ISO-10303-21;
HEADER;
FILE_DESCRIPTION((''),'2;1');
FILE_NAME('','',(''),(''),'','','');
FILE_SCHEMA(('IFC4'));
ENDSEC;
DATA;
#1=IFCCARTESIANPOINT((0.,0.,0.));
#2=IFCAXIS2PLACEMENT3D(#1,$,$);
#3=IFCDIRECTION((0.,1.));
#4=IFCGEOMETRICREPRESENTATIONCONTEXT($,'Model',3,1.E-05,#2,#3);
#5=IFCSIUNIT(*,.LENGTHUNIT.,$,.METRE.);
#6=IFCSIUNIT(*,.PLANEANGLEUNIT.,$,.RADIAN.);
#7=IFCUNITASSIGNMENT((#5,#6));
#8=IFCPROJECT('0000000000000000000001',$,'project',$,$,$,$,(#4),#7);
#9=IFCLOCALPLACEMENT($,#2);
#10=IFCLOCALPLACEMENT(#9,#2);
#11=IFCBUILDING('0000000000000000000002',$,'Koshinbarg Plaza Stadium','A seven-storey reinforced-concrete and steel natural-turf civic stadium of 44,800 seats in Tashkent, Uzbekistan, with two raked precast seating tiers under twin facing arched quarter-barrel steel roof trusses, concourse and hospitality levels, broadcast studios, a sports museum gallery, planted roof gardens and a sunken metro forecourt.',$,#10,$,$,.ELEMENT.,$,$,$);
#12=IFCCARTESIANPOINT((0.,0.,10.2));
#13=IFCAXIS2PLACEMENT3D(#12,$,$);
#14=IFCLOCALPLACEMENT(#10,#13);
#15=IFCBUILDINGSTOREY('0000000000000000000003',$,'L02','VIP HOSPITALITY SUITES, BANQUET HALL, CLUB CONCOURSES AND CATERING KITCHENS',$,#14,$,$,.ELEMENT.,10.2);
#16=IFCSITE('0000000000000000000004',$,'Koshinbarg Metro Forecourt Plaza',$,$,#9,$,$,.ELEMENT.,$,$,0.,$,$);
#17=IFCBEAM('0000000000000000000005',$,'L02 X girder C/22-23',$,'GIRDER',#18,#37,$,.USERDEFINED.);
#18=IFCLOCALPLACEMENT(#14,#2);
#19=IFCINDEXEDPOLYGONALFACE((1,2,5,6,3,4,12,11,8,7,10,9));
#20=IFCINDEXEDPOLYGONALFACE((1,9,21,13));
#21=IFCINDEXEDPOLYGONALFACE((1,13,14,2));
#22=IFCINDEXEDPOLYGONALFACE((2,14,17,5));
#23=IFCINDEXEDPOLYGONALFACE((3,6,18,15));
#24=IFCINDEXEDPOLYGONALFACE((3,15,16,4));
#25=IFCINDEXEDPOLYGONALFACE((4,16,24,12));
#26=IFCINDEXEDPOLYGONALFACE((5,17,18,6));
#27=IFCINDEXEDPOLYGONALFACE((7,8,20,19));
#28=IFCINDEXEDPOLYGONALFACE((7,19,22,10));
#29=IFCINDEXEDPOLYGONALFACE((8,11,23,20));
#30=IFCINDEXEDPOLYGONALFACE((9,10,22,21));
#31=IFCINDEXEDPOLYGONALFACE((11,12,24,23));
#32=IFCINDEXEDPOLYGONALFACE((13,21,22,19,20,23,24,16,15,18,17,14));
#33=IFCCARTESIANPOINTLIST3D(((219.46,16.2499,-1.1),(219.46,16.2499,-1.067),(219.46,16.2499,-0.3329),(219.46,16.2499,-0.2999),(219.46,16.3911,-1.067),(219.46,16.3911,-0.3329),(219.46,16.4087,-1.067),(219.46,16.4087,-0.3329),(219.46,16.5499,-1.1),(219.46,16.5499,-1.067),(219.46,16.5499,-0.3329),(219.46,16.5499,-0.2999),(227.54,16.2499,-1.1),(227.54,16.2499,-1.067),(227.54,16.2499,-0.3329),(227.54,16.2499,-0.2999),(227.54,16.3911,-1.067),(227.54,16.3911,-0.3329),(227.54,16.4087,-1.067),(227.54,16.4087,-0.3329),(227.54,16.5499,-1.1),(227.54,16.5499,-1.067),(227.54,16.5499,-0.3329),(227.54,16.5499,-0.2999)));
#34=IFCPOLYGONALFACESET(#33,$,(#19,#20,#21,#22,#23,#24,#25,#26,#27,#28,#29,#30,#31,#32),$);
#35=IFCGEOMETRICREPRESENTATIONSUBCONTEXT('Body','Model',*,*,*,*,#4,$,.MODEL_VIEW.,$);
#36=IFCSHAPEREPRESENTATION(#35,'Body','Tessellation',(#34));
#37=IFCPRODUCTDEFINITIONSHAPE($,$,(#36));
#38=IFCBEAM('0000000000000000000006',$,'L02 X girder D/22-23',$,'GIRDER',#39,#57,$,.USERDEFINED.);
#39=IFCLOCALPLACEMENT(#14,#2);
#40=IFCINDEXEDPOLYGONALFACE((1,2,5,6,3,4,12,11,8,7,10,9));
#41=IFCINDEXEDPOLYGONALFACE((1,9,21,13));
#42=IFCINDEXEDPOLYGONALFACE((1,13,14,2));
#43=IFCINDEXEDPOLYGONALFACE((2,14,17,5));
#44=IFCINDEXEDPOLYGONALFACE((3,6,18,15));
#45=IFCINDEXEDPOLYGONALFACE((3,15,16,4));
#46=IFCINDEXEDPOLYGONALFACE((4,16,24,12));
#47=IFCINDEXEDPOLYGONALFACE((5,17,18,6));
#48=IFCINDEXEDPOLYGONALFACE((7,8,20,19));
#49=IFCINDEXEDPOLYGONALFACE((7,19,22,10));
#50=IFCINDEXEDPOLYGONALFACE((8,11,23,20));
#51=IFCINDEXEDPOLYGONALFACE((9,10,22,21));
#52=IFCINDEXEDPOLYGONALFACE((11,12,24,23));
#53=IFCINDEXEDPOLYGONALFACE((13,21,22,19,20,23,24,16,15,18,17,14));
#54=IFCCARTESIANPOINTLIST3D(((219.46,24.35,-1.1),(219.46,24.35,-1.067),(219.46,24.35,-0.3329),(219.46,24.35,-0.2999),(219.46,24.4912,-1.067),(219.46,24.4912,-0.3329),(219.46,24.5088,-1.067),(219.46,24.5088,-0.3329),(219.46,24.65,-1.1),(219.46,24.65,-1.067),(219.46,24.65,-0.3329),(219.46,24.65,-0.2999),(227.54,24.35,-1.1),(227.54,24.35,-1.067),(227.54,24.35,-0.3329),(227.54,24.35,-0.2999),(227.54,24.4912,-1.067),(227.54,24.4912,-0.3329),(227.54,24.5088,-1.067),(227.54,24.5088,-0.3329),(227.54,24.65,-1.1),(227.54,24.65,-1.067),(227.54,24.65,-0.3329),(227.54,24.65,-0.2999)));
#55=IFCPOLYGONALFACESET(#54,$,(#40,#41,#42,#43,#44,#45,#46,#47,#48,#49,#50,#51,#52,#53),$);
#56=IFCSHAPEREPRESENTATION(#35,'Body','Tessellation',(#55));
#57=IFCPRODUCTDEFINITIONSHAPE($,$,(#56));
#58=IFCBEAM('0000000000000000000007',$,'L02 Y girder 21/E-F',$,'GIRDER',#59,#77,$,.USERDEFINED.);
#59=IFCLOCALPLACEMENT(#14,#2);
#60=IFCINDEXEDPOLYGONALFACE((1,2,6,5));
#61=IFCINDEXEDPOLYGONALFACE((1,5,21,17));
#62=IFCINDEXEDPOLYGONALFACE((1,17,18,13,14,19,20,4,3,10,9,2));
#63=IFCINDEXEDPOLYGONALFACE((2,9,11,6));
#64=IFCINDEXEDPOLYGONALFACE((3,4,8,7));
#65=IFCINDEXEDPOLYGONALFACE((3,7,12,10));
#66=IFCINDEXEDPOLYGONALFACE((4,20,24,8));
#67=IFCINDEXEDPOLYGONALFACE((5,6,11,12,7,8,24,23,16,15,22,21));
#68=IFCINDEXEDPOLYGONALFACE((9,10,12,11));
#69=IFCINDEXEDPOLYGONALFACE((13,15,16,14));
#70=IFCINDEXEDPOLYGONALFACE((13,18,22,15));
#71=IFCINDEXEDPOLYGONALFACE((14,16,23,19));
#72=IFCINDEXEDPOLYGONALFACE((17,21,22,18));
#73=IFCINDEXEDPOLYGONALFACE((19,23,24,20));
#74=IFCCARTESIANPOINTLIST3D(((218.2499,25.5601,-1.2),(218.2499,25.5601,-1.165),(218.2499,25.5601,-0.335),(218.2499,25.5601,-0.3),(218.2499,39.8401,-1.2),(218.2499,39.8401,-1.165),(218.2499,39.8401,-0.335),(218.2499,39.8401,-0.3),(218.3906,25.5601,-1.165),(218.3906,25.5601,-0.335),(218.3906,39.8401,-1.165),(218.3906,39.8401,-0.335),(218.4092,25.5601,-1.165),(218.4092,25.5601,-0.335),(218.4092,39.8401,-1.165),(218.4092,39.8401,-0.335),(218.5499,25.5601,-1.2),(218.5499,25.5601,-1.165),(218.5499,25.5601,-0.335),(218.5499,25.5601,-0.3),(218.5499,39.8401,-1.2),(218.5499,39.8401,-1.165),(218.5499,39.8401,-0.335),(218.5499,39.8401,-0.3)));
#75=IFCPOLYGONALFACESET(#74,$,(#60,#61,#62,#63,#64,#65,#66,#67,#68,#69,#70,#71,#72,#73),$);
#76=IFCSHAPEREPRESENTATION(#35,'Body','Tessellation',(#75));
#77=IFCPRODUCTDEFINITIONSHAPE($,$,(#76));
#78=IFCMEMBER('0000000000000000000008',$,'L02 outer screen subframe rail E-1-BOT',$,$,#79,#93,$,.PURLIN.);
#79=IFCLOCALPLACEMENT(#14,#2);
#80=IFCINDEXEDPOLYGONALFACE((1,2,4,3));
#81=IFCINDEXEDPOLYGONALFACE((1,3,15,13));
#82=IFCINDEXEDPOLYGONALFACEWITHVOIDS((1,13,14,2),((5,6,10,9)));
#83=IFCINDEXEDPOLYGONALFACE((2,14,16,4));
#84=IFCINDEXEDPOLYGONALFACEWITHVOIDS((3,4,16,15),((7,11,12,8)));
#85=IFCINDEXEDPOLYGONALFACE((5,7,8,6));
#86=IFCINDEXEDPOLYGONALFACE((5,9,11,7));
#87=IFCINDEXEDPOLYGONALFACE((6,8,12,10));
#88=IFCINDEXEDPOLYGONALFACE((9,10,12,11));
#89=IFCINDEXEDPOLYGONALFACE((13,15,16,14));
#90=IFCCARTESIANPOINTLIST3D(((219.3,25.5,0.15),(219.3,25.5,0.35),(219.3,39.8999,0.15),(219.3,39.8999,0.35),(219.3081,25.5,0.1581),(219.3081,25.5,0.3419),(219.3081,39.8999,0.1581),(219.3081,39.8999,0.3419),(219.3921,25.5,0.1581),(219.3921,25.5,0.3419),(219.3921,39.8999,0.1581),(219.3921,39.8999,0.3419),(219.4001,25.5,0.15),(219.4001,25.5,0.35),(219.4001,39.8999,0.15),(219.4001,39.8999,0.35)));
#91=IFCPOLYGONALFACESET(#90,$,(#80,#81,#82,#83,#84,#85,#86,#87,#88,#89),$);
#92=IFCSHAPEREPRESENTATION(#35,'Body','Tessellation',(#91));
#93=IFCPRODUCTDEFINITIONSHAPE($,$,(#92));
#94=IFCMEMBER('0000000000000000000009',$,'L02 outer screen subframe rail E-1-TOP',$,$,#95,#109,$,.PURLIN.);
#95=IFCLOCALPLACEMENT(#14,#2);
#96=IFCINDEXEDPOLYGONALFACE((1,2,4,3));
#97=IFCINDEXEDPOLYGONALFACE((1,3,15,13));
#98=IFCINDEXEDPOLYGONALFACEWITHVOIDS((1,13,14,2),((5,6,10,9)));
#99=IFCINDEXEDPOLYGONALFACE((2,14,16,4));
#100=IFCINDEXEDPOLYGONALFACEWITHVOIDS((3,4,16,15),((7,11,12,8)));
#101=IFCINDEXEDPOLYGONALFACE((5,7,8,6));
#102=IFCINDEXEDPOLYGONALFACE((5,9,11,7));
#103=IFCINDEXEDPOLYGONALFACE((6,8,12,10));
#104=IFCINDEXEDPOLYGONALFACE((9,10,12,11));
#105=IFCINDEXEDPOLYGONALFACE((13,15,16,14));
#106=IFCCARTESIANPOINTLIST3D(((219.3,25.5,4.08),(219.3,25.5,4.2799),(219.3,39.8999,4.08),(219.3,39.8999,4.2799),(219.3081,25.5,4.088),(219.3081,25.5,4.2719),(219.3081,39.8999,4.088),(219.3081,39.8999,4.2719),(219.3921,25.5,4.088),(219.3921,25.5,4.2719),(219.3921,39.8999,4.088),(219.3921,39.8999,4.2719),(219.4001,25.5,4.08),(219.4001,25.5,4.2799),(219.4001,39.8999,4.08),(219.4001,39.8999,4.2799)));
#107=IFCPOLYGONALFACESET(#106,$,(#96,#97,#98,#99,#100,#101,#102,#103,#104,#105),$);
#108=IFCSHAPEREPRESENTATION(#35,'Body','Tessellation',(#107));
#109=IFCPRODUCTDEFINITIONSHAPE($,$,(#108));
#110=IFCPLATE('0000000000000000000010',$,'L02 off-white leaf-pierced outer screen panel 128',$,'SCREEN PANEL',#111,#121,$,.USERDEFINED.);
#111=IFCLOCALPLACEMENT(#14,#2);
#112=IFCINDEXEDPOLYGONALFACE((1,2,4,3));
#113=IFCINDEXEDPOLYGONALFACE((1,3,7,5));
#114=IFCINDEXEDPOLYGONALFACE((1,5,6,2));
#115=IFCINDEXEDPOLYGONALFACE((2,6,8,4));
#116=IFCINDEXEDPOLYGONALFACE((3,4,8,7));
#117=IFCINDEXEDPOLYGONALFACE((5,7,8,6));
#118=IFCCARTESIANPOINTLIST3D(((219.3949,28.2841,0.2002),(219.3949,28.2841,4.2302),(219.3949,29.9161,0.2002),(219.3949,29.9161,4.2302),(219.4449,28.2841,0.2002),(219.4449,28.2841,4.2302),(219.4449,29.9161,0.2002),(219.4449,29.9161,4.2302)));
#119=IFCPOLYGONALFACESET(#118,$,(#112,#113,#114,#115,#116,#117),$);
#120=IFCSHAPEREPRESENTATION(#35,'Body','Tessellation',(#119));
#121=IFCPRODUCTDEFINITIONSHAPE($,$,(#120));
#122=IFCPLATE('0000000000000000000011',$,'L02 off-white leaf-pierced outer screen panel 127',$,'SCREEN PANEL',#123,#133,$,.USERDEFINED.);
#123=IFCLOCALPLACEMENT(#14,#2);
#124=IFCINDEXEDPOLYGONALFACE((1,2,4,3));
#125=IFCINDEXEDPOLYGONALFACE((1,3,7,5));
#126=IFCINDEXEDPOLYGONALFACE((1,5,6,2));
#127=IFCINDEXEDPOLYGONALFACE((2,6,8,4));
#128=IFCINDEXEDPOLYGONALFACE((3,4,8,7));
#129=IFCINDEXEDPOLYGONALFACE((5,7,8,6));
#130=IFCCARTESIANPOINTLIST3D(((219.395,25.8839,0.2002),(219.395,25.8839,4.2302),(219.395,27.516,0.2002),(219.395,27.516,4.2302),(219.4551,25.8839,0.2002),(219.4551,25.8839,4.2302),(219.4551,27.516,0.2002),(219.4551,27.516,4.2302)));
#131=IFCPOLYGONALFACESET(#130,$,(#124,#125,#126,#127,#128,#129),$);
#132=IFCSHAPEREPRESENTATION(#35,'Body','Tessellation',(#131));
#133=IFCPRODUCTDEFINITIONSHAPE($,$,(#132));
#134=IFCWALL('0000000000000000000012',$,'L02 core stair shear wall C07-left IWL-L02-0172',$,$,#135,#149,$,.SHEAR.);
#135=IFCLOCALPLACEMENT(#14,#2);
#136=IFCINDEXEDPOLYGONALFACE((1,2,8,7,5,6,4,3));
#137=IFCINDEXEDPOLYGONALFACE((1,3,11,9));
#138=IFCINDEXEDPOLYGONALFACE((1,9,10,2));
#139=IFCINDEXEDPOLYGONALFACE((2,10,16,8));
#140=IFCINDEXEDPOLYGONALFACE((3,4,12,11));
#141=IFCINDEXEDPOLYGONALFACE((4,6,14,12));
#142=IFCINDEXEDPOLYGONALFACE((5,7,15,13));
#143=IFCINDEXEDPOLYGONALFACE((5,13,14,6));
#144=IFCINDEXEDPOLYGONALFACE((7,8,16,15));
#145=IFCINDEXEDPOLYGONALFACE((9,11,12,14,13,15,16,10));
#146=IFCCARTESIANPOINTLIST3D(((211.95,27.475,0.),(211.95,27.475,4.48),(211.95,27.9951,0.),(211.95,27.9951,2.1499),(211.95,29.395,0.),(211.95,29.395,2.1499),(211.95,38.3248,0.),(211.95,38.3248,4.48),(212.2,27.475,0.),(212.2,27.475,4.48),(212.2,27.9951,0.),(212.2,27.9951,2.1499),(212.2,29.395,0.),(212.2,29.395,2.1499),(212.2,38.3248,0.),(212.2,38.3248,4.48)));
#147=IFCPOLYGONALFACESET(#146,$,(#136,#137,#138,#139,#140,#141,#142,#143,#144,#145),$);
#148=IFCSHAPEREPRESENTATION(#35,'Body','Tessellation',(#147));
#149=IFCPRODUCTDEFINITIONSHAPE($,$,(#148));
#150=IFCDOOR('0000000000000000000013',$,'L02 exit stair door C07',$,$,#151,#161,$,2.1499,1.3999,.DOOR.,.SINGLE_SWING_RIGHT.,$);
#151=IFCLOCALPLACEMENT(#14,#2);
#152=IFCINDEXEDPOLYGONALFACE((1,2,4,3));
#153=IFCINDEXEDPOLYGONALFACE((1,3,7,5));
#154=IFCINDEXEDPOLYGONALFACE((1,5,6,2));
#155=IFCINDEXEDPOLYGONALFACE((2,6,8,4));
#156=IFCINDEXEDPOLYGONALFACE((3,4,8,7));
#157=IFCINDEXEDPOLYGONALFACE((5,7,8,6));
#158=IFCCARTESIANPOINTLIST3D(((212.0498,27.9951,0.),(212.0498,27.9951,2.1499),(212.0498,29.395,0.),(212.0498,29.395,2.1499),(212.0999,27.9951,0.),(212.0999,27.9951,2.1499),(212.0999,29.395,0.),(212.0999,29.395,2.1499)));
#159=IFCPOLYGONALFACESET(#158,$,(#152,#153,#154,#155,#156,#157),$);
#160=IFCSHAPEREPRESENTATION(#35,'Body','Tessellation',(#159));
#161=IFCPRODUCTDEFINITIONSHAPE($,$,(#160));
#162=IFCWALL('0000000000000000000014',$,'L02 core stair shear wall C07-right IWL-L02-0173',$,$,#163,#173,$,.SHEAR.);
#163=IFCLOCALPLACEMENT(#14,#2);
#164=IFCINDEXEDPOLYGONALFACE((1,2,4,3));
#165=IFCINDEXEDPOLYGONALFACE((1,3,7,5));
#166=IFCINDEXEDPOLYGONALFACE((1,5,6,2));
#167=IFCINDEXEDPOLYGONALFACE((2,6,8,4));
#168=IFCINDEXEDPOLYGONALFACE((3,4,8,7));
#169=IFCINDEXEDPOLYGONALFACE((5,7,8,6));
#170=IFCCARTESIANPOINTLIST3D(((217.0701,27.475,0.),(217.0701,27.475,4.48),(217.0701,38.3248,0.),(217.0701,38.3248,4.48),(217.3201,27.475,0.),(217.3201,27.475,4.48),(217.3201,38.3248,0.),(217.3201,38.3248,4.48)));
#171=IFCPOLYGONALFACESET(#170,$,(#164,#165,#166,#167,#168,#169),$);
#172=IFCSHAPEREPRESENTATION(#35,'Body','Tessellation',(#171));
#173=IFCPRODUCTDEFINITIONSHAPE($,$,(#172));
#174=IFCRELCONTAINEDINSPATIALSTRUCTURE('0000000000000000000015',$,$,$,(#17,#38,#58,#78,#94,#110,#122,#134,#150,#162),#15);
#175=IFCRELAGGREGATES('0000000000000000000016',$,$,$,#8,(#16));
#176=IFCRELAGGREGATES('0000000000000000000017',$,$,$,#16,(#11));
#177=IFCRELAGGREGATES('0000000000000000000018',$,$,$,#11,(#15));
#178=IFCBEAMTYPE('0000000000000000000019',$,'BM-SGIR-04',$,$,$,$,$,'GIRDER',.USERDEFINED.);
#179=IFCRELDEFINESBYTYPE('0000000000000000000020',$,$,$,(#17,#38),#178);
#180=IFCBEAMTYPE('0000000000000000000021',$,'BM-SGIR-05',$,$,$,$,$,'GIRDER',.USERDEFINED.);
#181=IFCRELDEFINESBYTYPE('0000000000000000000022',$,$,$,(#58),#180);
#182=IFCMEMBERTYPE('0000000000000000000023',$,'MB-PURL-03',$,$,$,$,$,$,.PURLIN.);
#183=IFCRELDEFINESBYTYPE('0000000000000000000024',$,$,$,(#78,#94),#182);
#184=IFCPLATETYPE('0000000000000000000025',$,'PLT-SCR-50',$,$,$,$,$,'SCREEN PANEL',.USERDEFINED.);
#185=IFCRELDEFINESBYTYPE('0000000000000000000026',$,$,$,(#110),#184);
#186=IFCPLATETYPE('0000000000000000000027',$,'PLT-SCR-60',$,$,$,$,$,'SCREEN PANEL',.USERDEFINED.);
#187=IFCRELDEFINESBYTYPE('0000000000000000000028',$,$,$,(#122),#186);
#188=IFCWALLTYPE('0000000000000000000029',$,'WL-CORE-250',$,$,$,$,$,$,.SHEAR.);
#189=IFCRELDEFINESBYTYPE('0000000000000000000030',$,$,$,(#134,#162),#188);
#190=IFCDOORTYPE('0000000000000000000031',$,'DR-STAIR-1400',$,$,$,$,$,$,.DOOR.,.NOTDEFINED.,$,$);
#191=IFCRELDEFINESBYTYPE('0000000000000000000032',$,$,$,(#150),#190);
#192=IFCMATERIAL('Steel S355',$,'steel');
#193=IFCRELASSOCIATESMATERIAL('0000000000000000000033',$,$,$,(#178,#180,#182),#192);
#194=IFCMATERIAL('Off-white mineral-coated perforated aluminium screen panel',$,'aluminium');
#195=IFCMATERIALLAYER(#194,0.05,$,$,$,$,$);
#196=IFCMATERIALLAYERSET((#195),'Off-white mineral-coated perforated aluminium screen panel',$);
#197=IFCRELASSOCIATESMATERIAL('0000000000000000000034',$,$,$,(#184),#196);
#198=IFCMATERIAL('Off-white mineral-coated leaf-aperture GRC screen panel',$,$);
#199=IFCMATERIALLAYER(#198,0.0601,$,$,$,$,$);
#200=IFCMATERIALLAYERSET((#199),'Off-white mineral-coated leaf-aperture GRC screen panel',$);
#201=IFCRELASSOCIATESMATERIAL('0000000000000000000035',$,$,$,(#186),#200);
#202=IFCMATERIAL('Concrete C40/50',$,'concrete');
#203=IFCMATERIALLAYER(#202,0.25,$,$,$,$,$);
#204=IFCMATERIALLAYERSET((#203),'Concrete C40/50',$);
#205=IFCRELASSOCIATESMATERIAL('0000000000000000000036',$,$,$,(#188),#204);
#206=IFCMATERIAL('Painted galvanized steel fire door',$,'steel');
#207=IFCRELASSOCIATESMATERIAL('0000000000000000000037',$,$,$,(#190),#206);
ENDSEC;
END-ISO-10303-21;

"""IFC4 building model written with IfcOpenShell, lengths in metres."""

from ifc_helpers import new_model, si_unit, direction, frame, frame_2d, origin, origin_2d, place, context, subcontext, project, spatial, rectangle, hollow_rectangle, i_section, extrude, material, layer, layer_set, material_profile, profile_set, type_object, element, fill, save


model = new_model("IFC4")

# Units and contexts
model_context = context("Model", 3, precision=1e-05, world=origin(), true_north=direction((0.0, 1.0)))
body_context = subcontext(model_context, "Body", "Model", "MODEL_VIEW")
ifc_project = project(units=[si_unit("LENGTHUNIT", "METRE"), si_unit("PLANEANGLEUNIT", "RADIAN")], contexts=[model_context])

# Site, building, storey
site_placement = place(None, origin())
site = spatial("IfcSite", under=ifc_project, at=site_placement, Name="Koshinbarg Metro Forecourt Plaza", CompositionType="ELEMENT", RefElevation=0.0)
building_placement = place(site_placement, origin())
building = spatial("IfcBuilding", under=site, at=building_placement, Name="Koshinbarg Plaza Stadium", Description="A seven-storey reinforced-concrete and steel natural-turf civic stadium of 44,800 seats in Tashkent, Uzbekistan, with two raked precast seating tiers under twin facing arched quarter-barrel steel roof trusses, concourse and hospitality levels, broadcast studios, a sports museum gallery, planted roof gardens and a sunken metro forecourt.", CompositionType="ELEMENT")
storey_placement = place(building_placement, frame((0.0, 0.0, 10.2)))
storey = spatial("IfcBuildingStorey", under=building, at=storey_placement, Name="L02", Description="VIP HOSPITALITY SUITES, BANQUET HALL, CLUB CONCOURSES AND CATERING KITCHENS", CompositionType="ELEMENT", Elevation=10.2)

# Shared definitions
ifc_material_1 = material(Name="Concrete C40/50", Category="concrete")

# Beams
ifc_material_2 = material(Name="Steel S355", Category="steel")
ifc_material_profile_1 = material_profile(ifc_material_2, i_section(OverallWidth=0.3, OverallDepth=0.8, WebThickness=0.0176, FlangeThickness=0.033, at=origin_2d()), Name="HEB 800")
ifc_profile_set_1 = profile_set([ifc_material_profile_1], Name="Steel S355")
beam_type_1 = type_object("IfcBeamType", Name="BM-SGIR-04", ElementType="GIRDER", PredefinedType="USERDEFINED", material=ifc_profile_set_1)
for number, where, z_axis, x_axis, name in (
    (1, (219.46, 16.3999, -0.7), (1.0, 0.0, 0.0), (0.0, 1.0, 0.0), "L02 X girder C/22-23"),
    (2, (219.46, 24.5, -0.7), (1.0, 0.0, 0.0), (0.0, 1.0, 0.0), "L02 X girder D/22-23"),
):
    element("IfcBeam", number, at=place(storey_placement, frame(where, z_axis=z_axis, x_axis=x_axis)), inside=storey, type_object=beam_type_1, Name=name, ObjectType="GIRDER", PredefinedType="USERDEFINED", context=body_context, shape_type="SweptSolid", body=[
        extrude(i_section(OverallWidth=0.3, OverallDepth=0.8, WebThickness=0.0176, FlangeThickness=0.033, at=origin_2d()), origin(), (0.0, 0.0, 1.0), 8.0801),
    ])
ifc_material_profile_2 = material_profile(ifc_material_2, i_section(OverallWidth=0.3, OverallDepth=0.8999, WebThickness=0.0186, FlangeThickness=0.0349, at=origin_2d()), Name="HEB 900")
ifc_profile_set_2 = profile_set([ifc_material_profile_2], Name="Steel S355")
beam_type_2 = type_object("IfcBeamType", Name="BM-SGIR-05", ElementType="GIRDER", PredefinedType="USERDEFINED", material=ifc_profile_set_2)
beam_1_placement = place(storey_placement, frame((218.3999, 25.5601, -0.75), z_axis=(0.0, 1.0, 0.0), x_axis=(-1.0, 0.0, 0.0)))
element("IfcBeam", 3, at=beam_1_placement, inside=storey, type_object=beam_type_2, Name="L02 Y girder 21/E-F", ObjectType="GIRDER", PredefinedType="USERDEFINED", context=body_context, shape_type="SweptSolid", body=[
    extrude(i_section(OverallWidth=0.3, OverallDepth=0.8999, WebThickness=0.0186, FlangeThickness=0.0349, at=origin_2d()), origin(), (0.0, 0.0, 1.0), 14.28),
])

# Members
ifc_material_profile_3 = material_profile(ifc_material_2, hollow_rectangle(XDim=0.1001, YDim=0.2, WallThickness=0.0081, at=origin_2d()), Name="RHS 200x100x8")
ifc_profile_set_3 = profile_set([ifc_material_profile_3], Name="Steel S355")
member_type = type_object("IfcMemberType", Name="MB-PURL-03", PredefinedType="PURLIN", material=ifc_profile_set_3)
for number, where, z_axis, x_axis, name in (
    (4, (219.3501, 25.5, 0.25), (0.0, 1.0, 0.0), (-1.0, 0.0, 0.0), "L02 outer screen subframe rail E-1-BOT"),
    (5, (219.3501, 25.5, 4.1799), (0.0, 1.0, 0.0), (-1.0, 0.0, 0.0), "L02 outer screen subframe rail E-1-TOP"),
):
    element("IfcMember", number, at=place(storey_placement, frame(where, z_axis=z_axis, x_axis=x_axis)), inside=storey, type_object=member_type, Name=name, PredefinedType="PURLIN", context=body_context, shape_type="SweptSolid", body=[
        extrude(hollow_rectangle(XDim=0.1001, YDim=0.2, WallThickness=0.0081, at=origin_2d()), origin(), (0.0, 0.0, 1.0), 14.3999),
    ])

# Plates
ifc_material_3 = material(Name="Off-white mineral-coated perforated aluminium screen panel", Category="aluminium")
ifc_layer_1 = layer(ifc_material_3, 0.05)
ifc_layer_set_1 = layer_set([ifc_layer_1], Name="Off-white mineral-coated perforated aluminium screen panel")
plate_type_1 = type_object("IfcPlateType", Name="PLT-SCR-50", ElementType="SCREEN PANEL", PredefinedType="USERDEFINED", material=ifc_layer_set_1)
plate_1_placement = place(storey_placement, frame((219.4199, 29.1001, 0.2002), z_axis=(0.0, 0.0, 1.0), x_axis=(1.0, 0.0, 0.0)))
element("IfcPlate", 6, at=plate_1_placement, inside=storey, type_object=plate_type_1, Name="L02 off-white leaf-pierced outer screen panel 128", ObjectType="SCREEN PANEL", PredefinedType="USERDEFINED", context=body_context, shape_type="SweptSolid", body=[
    extrude(rectangle(XDim=0.05, YDim=1.6321, at=origin_2d()), origin(), (0.0, 0.0, 1.0), 4.03),
])
ifc_material_4 = material(Name="Off-white mineral-coated leaf-aperture GRC screen panel")
ifc_layer_2 = layer(ifc_material_4, 0.0601)
ifc_layer_set_2 = layer_set([ifc_layer_2], Name="Off-white mineral-coated leaf-aperture GRC screen panel")
plate_type_2 = type_object("IfcPlateType", Name="PLT-SCR-60", ElementType="SCREEN PANEL", PredefinedType="USERDEFINED", material=ifc_layer_set_2)
plate_2_placement = place(storey_placement, frame((219.425, 26.7, 0.2002), z_axis=(0.0, 0.0, 1.0), x_axis=(1.0, 0.0, 0.0)))
element("IfcPlate", 7, at=plate_2_placement, inside=storey, type_object=plate_type_2, Name="L02 off-white leaf-pierced outer screen panel 127", ObjectType="SCREEN PANEL", PredefinedType="USERDEFINED", context=body_context, shape_type="SweptSolid", body=[
    extrude(rectangle(XDim=0.0601, YDim=1.6321, at=origin_2d()), origin(), (0.0, 0.0, 1.0), 4.03),
])

# Wall, opening, door
ifc_layer_3 = layer(ifc_material_1, 0.25)
ifc_layer_set_3 = layer_set([ifc_layer_3], Name="Concrete C40/50")
wall_type_1 = type_object("IfcWallType", Name="WL-CORE-250", PredefinedType="SHEAR", material=ifc_layer_set_3)
wall_1_placement = place(storey_placement, frame((212.075, 27.4751, 0.0), z_axis=(0.0, 0.0, 1.0), x_axis=(0.0, 1.0, 0.0)))
wall_1 = element("IfcWall", 8, at=wall_1_placement, inside=storey, type_object=wall_type_1, Name="L02 core stair shear wall C07-left IWL-L02-0172", PredefinedType="SHEAR", context=body_context, shape_type="SweptSolid", body=[
    extrude(rectangle(XDim=10.8499, YDim=0.25, at=frame_2d((5.4248, 0.0))), origin(), (0.0, 0.0, 1.0), 4.48),
])
opening_1_placement = place(wall_1_placement, frame((0.52, 0.0, 0.0)))
opening_1 = element("IfcOpeningElement", 9, at=opening_1_placement, cuts=wall_1, PredefinedType="OPENING", context=body_context, shape_type="SweptSolid", body=[
    extrude(rectangle(XDim=1.3999, YDim=2.1499, at=frame_2d((0.7, 1.075))), frame((0.0, 0.135, 0.0), z_axis=(0.0, -1.0, 0.0), x_axis=(1.0, 0.0, 0.0)), (0.0, 0.0, 1.0), 0.27),
])
ifc_material_5 = material(Name="Painted galvanized steel fire door", Category="steel")
door_type_1 = type_object("IfcDoorType", Name="DR-STAIR-1400", OperationType="NOTDEFINED", PredefinedType="DOOR", material=ifc_material_5)
door_1_placement = place(opening_1_placement, frame((1.3999, 0.0, 0.0), z_axis=(0.0, 0.0, 1.0), x_axis=(-1.0, 0.0, 0.0)))
door_1 = element("IfcDoor", 10, at=door_1_placement, inside=storey, type_object=door_type_1, Name="L02 exit stair door C07", OperationType="SINGLE_SWING_RIGHT", OverallHeight=2.1499, OverallWidth=1.3999, PredefinedType="DOOR", context=body_context, shape_type="SweptSolid", body=[
    extrude(rectangle(XDim=1.3999, YDim=2.1499, at=frame_2d((0.7, 1.075))), frame((0.0, 0.0249, 0.0), z_axis=(0.0, -1.0, 0.0), x_axis=(1.0, 0.0, 0.0)), (0.0, 0.0, 1.0), 0.05),
])
fill(opening_1, door_1)

# Wall
wall_2_placement = place(storey_placement, frame((217.1951, 27.4751, 0.0), z_axis=(0.0, 0.0, 1.0), x_axis=(0.0, 1.0, 0.0)))
element("IfcWall", 11, at=wall_2_placement, inside=storey, type_object=wall_type_1, Name="L02 core stair shear wall C07-right IWL-L02-0173", PredefinedType="SHEAR", context=body_context, shape_type="SweptSolid", body=[
    extrude(rectangle(XDim=10.8499, YDim=0.25, at=frame_2d((5.4248, 0.0))), origin(), (0.0, 0.0, 1.0), 4.48),
])

save(model, "model.ifc")
